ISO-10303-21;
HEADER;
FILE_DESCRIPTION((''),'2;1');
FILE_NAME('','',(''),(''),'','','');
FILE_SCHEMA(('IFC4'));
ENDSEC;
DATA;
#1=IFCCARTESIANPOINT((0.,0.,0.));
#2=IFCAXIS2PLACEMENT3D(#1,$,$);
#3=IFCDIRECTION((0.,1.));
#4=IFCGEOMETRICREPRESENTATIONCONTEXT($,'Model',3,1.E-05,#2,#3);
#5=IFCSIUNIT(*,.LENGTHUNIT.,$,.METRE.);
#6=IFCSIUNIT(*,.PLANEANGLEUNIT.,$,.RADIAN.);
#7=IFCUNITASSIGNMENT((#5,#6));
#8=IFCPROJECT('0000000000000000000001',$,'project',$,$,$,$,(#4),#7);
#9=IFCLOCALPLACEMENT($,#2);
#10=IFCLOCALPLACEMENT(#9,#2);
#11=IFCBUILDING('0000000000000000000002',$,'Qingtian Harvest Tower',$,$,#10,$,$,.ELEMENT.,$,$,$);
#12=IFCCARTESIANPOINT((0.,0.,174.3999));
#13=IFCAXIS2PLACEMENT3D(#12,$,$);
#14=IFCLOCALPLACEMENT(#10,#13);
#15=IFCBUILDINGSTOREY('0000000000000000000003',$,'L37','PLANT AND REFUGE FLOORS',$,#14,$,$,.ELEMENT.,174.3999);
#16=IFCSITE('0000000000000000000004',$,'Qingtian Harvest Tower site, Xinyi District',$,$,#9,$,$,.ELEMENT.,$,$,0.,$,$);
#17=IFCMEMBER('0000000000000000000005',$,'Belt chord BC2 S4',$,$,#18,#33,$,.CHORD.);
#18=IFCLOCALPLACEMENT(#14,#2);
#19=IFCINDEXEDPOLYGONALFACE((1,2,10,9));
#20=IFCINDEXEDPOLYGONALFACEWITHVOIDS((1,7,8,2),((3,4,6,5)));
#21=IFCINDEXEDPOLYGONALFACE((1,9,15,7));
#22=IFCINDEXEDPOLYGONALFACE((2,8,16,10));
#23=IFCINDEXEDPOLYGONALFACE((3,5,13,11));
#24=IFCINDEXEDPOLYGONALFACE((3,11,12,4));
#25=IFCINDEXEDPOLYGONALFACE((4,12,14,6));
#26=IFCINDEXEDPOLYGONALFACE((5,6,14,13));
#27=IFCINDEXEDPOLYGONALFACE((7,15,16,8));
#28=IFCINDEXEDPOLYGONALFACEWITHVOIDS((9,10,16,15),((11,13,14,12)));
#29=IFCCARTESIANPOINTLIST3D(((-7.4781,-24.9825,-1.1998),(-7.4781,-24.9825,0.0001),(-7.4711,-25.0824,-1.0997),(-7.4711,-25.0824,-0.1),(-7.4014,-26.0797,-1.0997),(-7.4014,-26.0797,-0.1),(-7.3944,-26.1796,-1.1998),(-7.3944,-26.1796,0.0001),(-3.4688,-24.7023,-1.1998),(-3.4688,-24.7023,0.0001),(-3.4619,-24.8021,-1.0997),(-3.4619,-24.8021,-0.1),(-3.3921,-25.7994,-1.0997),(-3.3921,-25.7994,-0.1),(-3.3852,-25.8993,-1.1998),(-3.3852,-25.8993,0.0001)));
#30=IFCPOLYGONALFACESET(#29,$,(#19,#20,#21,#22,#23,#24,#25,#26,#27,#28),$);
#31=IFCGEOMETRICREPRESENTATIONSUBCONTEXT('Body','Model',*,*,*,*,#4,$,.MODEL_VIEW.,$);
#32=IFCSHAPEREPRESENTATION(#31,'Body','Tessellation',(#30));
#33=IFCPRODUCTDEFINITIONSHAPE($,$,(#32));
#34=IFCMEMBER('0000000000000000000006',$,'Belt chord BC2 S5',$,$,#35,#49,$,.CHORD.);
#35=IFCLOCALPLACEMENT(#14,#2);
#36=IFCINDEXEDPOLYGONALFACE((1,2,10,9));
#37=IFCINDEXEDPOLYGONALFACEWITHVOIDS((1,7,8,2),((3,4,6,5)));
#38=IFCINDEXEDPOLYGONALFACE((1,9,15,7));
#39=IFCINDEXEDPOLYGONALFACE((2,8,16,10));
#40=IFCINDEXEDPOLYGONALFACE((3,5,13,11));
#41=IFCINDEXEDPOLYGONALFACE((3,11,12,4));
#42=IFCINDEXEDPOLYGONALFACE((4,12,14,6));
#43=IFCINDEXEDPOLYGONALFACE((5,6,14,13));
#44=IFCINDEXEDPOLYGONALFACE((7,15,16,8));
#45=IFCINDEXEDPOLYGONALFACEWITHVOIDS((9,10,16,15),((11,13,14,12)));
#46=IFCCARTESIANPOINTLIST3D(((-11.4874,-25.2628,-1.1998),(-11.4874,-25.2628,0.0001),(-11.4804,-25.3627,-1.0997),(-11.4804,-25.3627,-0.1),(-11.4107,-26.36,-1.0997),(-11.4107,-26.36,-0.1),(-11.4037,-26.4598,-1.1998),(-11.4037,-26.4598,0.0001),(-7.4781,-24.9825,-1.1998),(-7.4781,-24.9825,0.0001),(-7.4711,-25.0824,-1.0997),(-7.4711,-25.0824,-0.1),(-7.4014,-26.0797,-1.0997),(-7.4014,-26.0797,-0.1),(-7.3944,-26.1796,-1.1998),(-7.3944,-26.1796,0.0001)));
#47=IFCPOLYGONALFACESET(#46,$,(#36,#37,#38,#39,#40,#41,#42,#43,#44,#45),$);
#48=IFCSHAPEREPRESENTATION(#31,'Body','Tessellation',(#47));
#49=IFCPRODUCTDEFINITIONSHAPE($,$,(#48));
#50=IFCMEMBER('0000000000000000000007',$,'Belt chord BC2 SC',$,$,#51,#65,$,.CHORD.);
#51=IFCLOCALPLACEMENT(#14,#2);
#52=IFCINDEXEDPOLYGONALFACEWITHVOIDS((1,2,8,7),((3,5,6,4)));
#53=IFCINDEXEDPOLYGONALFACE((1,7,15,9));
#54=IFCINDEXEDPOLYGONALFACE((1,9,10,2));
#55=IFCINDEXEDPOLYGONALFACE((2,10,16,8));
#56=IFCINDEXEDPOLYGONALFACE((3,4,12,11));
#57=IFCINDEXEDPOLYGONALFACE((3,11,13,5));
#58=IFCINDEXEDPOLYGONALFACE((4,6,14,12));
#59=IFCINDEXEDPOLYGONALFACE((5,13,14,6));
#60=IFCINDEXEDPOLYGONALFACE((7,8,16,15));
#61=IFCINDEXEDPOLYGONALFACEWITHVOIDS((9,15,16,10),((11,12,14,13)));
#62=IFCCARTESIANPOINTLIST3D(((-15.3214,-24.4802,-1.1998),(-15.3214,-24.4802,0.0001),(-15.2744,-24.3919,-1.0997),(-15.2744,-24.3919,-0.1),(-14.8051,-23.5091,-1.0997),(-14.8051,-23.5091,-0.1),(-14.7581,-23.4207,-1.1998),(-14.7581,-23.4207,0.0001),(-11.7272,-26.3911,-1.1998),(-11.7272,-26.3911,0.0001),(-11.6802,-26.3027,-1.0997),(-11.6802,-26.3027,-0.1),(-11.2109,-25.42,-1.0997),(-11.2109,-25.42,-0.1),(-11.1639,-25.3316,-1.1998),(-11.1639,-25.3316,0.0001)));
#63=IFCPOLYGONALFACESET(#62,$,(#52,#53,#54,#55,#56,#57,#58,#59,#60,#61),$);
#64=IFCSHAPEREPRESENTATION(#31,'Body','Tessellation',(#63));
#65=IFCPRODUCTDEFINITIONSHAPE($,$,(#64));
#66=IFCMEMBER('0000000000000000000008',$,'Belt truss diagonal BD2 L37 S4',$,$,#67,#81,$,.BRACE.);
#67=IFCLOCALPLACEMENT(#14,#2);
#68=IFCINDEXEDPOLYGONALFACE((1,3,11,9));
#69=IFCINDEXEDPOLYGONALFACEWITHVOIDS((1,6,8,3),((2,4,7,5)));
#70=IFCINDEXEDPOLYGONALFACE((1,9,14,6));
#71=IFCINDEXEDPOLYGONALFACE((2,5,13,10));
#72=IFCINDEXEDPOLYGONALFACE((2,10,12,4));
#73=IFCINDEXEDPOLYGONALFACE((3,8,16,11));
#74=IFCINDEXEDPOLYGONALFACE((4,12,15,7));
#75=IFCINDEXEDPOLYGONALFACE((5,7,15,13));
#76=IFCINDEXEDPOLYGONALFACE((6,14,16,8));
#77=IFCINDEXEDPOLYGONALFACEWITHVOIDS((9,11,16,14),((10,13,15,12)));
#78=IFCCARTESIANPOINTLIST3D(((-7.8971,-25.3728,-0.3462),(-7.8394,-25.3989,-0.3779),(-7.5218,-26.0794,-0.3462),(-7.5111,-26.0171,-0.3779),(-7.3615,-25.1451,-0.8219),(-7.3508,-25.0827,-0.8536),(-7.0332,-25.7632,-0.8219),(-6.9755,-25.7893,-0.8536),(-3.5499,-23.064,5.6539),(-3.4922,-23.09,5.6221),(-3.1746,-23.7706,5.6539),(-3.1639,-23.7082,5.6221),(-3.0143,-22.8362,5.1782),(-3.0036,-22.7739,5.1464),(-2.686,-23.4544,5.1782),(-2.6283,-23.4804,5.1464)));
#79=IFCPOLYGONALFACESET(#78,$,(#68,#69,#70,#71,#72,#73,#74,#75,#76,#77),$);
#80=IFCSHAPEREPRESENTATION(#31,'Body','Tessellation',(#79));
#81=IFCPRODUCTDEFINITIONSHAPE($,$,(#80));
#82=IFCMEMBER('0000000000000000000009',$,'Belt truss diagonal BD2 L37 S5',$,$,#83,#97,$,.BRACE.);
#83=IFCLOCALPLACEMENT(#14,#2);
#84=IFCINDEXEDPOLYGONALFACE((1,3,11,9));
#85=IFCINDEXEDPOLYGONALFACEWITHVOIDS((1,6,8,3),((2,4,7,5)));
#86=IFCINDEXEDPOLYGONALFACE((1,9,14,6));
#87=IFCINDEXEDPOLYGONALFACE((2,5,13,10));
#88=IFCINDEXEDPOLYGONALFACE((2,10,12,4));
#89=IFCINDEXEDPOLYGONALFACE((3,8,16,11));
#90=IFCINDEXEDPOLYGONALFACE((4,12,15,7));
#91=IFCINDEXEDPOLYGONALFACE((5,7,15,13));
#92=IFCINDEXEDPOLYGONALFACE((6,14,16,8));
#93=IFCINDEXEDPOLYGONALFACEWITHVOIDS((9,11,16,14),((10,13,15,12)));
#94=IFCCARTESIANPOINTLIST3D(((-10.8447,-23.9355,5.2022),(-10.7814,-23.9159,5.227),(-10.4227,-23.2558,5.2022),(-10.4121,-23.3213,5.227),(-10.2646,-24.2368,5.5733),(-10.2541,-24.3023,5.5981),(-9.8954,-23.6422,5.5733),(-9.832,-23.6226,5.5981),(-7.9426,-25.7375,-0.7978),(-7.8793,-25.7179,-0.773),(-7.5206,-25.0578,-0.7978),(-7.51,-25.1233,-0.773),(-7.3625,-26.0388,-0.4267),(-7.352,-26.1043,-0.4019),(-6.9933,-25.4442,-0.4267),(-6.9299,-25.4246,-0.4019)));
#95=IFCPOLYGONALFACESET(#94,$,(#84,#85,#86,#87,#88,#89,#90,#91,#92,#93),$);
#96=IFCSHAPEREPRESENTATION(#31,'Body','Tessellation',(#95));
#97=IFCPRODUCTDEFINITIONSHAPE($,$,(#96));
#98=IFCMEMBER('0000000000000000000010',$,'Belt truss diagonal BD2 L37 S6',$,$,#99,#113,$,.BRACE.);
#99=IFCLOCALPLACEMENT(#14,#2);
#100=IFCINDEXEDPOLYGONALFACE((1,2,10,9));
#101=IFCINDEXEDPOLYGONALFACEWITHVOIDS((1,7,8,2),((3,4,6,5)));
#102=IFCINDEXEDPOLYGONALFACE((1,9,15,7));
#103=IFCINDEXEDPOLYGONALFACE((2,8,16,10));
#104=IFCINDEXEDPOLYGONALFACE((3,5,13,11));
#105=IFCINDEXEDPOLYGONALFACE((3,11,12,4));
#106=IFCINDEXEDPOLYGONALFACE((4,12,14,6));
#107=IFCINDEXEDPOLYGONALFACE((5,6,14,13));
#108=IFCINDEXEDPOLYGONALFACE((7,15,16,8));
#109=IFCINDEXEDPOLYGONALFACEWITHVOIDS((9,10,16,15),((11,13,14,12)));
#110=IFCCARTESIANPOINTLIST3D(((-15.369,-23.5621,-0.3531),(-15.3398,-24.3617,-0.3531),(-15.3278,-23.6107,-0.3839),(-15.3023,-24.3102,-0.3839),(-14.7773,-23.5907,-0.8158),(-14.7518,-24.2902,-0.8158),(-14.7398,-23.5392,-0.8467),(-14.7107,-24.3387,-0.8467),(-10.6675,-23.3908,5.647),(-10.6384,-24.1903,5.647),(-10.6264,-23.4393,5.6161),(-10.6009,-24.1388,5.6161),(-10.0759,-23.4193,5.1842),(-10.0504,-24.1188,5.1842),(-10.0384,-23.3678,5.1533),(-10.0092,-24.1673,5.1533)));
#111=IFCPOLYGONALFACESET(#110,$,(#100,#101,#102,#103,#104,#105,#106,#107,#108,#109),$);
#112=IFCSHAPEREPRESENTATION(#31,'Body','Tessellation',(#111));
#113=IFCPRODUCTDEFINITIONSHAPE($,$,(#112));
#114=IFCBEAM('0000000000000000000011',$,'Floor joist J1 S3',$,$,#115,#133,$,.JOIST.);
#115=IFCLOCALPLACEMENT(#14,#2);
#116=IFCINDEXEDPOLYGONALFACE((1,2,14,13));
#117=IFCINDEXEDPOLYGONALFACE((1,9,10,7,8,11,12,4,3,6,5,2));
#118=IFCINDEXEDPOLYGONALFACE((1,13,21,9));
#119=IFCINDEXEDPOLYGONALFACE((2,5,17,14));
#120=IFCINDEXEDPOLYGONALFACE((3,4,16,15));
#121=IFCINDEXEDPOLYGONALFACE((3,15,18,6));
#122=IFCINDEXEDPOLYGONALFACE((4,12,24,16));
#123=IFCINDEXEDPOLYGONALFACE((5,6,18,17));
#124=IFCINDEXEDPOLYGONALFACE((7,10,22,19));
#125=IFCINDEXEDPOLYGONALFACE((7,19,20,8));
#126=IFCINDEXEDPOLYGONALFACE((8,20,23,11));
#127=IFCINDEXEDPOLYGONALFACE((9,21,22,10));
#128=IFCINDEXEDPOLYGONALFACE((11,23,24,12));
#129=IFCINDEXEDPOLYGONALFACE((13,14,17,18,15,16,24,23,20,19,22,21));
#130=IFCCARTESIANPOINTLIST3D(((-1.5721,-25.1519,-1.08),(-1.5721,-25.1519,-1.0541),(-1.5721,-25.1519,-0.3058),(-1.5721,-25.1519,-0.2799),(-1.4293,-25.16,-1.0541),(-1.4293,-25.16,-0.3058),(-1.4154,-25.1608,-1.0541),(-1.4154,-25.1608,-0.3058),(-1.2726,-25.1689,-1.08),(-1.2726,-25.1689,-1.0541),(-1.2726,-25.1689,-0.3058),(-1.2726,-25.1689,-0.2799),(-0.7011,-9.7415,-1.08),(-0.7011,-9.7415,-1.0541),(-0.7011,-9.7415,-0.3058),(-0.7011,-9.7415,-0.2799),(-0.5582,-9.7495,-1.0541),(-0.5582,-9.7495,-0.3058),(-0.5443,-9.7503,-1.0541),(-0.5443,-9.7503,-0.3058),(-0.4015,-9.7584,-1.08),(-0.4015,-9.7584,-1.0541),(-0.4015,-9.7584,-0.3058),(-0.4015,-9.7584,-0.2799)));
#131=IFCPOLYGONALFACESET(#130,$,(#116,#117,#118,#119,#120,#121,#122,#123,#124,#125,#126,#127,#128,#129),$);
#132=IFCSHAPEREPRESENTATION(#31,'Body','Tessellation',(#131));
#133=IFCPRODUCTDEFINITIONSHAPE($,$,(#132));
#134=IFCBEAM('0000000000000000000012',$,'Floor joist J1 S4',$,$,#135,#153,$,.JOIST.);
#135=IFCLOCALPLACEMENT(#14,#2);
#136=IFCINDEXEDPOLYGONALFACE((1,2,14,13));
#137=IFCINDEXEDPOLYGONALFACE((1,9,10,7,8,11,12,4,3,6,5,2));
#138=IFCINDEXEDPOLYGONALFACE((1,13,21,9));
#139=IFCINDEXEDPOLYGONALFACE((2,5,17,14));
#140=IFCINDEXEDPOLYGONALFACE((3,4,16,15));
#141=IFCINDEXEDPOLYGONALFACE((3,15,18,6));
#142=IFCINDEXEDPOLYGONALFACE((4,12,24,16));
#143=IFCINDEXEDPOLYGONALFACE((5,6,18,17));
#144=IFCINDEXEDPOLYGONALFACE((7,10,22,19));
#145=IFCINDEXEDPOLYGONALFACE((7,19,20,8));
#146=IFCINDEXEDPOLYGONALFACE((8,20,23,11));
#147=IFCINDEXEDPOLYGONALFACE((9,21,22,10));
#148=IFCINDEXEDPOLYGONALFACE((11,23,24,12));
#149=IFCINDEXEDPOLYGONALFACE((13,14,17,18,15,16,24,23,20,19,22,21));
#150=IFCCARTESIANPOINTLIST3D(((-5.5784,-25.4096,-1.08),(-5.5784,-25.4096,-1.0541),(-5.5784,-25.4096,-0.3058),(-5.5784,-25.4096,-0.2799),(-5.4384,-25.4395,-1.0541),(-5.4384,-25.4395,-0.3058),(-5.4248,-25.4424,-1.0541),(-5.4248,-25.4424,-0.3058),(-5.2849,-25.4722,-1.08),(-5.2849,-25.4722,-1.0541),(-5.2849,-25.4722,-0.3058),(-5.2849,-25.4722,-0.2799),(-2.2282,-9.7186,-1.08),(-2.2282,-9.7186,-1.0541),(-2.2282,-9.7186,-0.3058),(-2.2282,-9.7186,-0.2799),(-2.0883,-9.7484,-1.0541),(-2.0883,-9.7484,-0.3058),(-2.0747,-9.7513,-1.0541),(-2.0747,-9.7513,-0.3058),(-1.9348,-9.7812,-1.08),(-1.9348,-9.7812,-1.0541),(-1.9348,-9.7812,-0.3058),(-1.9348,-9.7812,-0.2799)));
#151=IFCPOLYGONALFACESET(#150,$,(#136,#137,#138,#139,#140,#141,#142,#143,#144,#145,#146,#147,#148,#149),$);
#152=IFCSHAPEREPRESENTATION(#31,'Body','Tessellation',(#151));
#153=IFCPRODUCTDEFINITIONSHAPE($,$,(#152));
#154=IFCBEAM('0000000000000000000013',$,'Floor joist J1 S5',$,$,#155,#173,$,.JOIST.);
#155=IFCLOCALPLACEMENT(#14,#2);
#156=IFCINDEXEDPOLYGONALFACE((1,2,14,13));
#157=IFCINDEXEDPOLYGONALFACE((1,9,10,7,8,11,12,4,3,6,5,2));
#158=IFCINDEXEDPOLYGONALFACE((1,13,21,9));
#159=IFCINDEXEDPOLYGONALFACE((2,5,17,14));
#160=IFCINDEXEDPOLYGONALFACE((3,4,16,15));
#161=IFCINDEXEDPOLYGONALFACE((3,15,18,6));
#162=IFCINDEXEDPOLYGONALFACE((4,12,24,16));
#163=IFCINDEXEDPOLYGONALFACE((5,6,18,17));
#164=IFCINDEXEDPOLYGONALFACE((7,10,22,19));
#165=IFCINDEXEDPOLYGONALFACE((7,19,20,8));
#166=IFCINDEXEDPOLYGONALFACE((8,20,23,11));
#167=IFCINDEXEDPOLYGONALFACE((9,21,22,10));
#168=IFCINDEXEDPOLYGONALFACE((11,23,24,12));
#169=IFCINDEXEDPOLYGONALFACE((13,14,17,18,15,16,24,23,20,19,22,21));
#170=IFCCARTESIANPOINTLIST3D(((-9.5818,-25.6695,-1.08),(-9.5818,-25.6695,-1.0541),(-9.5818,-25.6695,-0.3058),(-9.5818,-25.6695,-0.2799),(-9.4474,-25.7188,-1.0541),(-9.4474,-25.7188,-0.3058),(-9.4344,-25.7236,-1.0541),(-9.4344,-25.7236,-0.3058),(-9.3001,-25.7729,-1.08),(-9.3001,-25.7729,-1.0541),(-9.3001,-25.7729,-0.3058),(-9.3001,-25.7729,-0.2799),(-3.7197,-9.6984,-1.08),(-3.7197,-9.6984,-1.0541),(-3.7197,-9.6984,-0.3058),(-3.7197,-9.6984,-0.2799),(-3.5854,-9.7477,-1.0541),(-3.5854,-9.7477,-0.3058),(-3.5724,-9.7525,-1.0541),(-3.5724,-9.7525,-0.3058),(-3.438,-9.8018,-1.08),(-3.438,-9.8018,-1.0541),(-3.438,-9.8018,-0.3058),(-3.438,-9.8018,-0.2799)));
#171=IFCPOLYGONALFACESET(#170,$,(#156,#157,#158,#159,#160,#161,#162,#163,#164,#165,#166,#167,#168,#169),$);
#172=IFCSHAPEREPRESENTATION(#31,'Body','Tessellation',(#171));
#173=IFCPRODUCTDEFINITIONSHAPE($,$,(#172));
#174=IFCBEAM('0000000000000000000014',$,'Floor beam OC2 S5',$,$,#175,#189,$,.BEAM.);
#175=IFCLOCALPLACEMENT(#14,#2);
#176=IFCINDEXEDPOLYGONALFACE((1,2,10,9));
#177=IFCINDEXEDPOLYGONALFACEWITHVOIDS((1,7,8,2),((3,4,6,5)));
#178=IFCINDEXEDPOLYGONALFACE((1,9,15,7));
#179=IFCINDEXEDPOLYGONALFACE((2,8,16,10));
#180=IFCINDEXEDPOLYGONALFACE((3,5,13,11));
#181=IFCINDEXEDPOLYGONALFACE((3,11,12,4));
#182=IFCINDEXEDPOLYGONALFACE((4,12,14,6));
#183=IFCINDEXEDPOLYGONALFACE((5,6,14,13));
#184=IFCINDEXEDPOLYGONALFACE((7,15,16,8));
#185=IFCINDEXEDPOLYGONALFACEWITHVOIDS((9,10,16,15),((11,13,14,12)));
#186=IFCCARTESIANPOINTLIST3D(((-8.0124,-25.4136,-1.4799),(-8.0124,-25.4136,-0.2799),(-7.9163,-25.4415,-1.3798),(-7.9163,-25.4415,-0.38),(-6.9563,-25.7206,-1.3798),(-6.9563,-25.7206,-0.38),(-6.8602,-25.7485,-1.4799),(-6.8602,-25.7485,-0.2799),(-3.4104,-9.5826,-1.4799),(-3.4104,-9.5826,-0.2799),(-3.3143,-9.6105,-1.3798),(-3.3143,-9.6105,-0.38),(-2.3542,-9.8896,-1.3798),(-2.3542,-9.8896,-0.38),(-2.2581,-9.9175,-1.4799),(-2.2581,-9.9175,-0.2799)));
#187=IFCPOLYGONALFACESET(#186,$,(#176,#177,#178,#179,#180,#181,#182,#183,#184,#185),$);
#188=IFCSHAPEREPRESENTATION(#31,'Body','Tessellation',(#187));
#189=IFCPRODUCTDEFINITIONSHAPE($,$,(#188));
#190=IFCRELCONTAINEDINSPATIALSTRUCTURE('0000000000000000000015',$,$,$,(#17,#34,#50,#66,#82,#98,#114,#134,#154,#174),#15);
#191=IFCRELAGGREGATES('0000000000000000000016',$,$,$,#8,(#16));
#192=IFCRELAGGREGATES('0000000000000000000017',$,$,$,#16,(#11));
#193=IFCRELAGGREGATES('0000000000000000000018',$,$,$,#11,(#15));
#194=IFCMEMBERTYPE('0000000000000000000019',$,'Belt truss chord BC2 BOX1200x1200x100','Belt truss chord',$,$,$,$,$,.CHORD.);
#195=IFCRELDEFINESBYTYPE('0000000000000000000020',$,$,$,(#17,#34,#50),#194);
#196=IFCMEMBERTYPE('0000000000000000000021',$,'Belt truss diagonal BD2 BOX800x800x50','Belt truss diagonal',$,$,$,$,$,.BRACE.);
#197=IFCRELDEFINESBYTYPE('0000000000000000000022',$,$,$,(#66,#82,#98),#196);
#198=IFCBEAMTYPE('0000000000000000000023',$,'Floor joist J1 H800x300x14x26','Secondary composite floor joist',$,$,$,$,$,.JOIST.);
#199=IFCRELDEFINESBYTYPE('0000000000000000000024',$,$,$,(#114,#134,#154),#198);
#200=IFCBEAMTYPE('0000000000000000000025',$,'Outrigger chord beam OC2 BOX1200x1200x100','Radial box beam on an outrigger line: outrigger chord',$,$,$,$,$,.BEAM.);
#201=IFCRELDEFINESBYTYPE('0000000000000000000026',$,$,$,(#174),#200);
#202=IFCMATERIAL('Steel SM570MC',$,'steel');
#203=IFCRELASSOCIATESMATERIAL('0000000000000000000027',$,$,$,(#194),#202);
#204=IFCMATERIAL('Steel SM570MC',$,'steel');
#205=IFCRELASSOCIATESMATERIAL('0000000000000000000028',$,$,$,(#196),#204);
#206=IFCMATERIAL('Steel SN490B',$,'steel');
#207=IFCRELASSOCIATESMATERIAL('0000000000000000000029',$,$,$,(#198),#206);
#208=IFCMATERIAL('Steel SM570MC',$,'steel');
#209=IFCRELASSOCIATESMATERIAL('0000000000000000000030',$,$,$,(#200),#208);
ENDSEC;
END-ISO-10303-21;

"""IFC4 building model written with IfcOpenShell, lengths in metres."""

from ifc_helpers import new_model, si_unit, direction, frame, origin, origin_2d, place, context, subcontext, project, spatial, hollow_rectangle, i_section, extrude, material, material_profile, profile_set, type_object, element, save


model = new_model("IFC4")

# Units and contexts
model_context = context("Model", 3, precision=1e-05, world=origin(), true_north=direction((0.0, 1.0)))
body_context = subcontext(model_context, "Body", "Model", "MODEL_VIEW")
ifc_project = project(units=[si_unit("LENGTHUNIT", "METRE"), si_unit("PLANEANGLEUNIT", "RADIAN")], contexts=[model_context])

# Site, building, storey
site_placement = place(None, origin())
site = spatial("IfcSite", under=ifc_project, at=site_placement, Name="Qingtian Harvest Tower site, Xinyi District", CompositionType="ELEMENT", RefElevation=0.0)
building_placement = place(site_placement, origin())
building = spatial("IfcBuilding", under=site, at=building_placement, Name="Qingtian Harvest Tower", CompositionType="ELEMENT")
storey_placement = place(building_placement, frame((0.0, 0.0, 174.3999)))
storey = spatial("IfcBuildingStorey", under=building, at=storey_placement, Name="L37", Description="PLANT AND REFUGE FLOORS", CompositionType="ELEMENT", Elevation=174.3999)

# Members
ifc_material_1 = material(Name="Steel SM570MC", Category="steel")
ifc_material_profile_1 = material_profile(ifc_material_1, hollow_rectangle(XDim=1.2, YDim=1.2, WallThickness=0.1001, at=origin_2d()), Name="BOX1200x1200x100")
ifc_profile_set_1 = profile_set([ifc_material_profile_1], Name="Steel SM570MC")
member_type_1 = type_object("IfcMemberType", Name="Belt truss chord BC2 BOX1200x1200x100", Description="Belt truss chord", PredefinedType="CHORD", material=ifc_profile_set_1)
for number, where, z_axis, x_axis, name in (
    (1, (-3.427, -25.3008, -0.5999), (-0.997565, -0.069736, 0.0), (0.069736, -0.997565, 0.0), "Belt chord BC2 S4"),
    (2, (-7.4363, -25.5811, -0.5999), (-0.997565, -0.069736, 0.0), (0.069736, -0.997565, 0.0), "Belt chord BC2 S5"),
):
    element("IfcMember", number, at=place(storey_placement, frame(where, z_axis=z_axis, x_axis=x_axis)), inside=storey, type_object=member_type_1, Name=name, PredefinedType="CHORD", context=body_context, shape_type="SweptSolid", body=[
        extrude(hollow_rectangle(XDim=1.2, YDim=1.2, WallThickness=0.1001, at=origin_2d()), origin(), (0.0, 0.0, 1.0), 4.019),
    ])
member_1_placement = place(storey_placement, frame((-11.4456, -25.8613, -0.5999), z_axis=(-0.882968, 0.469433, 0.0), x_axis=(-0.469433, -0.882968, 0.0)))
element("IfcMember", 3, at=member_1_placement, inside=storey, type_object=member_type_1, Name="Belt chord BC2 SC", PredefinedType="CHORD", context=body_context, shape_type="SweptSolid", body=[
    extrude(hollow_rectangle(XDim=1.2, YDim=1.2, WallThickness=0.1001, at=origin_2d()), origin(), (0.0, 0.0, 1.0), 4.0706),
])
ifc_material_2 = material(Name="Steel SM570MC", Category="steel")
ifc_material_profile_2 = material_profile(ifc_material_2, hollow_rectangle(XDim=0.8, YDim=0.8, WallThickness=0.05, at=origin_2d()), Name="BOX800x800x50")
ifc_profile_set_2 = profile_set([ifc_material_profile_2], Name="Steel SM570MC")
member_type_2 = type_object("IfcMemberType", Name="Belt truss diagonal BD2 BOX800x800x50", Description="Belt truss diagonal", PredefinedType="BRACE", material=ifc_profile_set_2)
member_2_placement = place(storey_placement, frame((-3.0891, -23.2722, 5.4001), z_axis=(-0.560151, -0.297503, -0.773125), x_axis=(0.469061, -0.883166, 0.0)))
element("IfcMember", 4, at=member_2_placement, inside=storey, type_object=member_type_2, Name="Belt truss diagonal BD2 L37 S4", PredefinedType="BRACE", context=body_context, shape_type="SweptSolid", body=[
    extrude(hollow_rectangle(XDim=0.8, YDim=0.8, WallThickness=0.05, at=origin_2d()), origin(), (0.0, 0.0, 1.0), 7.7607),
])
member_3_placement = place(storey_placement, frame((-7.4363, -25.5811, -0.5999), z_axis=(-0.420332, 0.260997, 0.869023), x_axis=(-0.527511, -0.849549, 0.0)))
element("IfcMember", 5, at=member_3_placement, inside=storey, type_object=member_type_2, Name="Belt truss diagonal BD2 L37 S5", PredefinedType="BRACE", context=body_context, shape_type="SweptSolid", body=[
    extrude(hollow_rectangle(XDim=0.8, YDim=0.8, WallThickness=0.05, at=origin_2d()), origin(), (0.0, 0.0, 1.0), 6.9043),
])
member_4_placement = place(storey_placement, frame((-10.3384, -23.7791, 5.4001), z_axis=(-0.616621, -0.022478, -0.786939), x_axis=(0.03643, -0.999336, 0.0)))
element("IfcMember", 6, at=member_4_placement, inside=storey, type_object=member_type_2, Name="Belt truss diagonal BD2 L37 S6", PredefinedType="BRACE", context=body_context, shape_type="SweptSolid", body=[
    extrude(hollow_rectangle(XDim=0.8, YDim=0.8, WallThickness=0.05, at=origin_2d()), origin(), (0.0, 0.0, 1.0), 7.6245),
])

# Beams
ifc_material_3 = material(Name="Steel SN490B", Category="steel")
ifc_material_profile_3 = material_profile(ifc_material_3, i_section(OverallWidth=0.3, OverallDepth=0.8, WebThickness=0.0139, FlangeThickness=0.0259, at=origin_2d()), Name="H800x300x14x26")
ifc_profile_set_3 = profile_set([ifc_material_profile_3], Name="Steel SN490B")
beam_type_1 = type_object("IfcBeamType", Name="Floor joist J1 H800x300x14x26", Description="Secondary composite floor joist", PredefinedType="JOIST", material=ifc_profile_set_3)
beam_1_placement = place(storey_placement, frame((-1.4224, -25.1604, -0.6799), z_axis=(0.056436, 0.998406, 0.0), x_axis=(-0.998406, 0.056436, 0.0)))
element("IfcBeam", 7, at=beam_1_placement, inside=storey, type_object=beam_type_1, Name="Floor joist J1 S3", PredefinedType="JOIST", context=body_context, shape_type="SweptSolid", body=[
    extrude(i_section(OverallWidth=0.3, OverallDepth=0.8, WebThickness=0.0139, FlangeThickness=0.0259, at=origin_2d()), origin(), (0.0, 0.0, 1.0), 15.4351),
])
beam_2_placement = place(storey_placement, frame((-5.4316, -25.4409, -0.6799), z_axis=(0.2088, 0.977958, 0.0), x_axis=(-0.977958, 0.2088, 0.0)))
element("IfcBeam", 8, at=beam_2_placement, inside=storey, type_object=beam_type_1, Name="Floor joist J1 S4", PredefinedType="JOIST", context=body_context, shape_type="SweptSolid", body=[
    extrude(i_section(OverallWidth=0.3, OverallDepth=0.8, WebThickness=0.0139, FlangeThickness=0.0259, at=origin_2d()), origin(), (0.0, 0.0, 1.0), 16.0447),
])
beam_3_placement = place(storey_placement, frame((-9.4409, -25.7212, -0.6799), z_axis=(0.344563, 0.938763, 0.0), x_axis=(-0.938763, 0.344563, 0.0)))
element("IfcBeam", 9, at=beam_3_placement, inside=storey, type_object=beam_type_1, Name="Floor joist J1 S5", PredefinedType="JOIST", context=body_context, shape_type="SweptSolid", body=[
    extrude(i_section(OverallWidth=0.3, OverallDepth=0.8, WebThickness=0.0139, FlangeThickness=0.0259, at=origin_2d()), origin(), (0.0, 0.0, 1.0), 17.0129),
])
ifc_material_4 = material(Name="Steel SM570MC", Category="steel")
ifc_material_profile_4 = material_profile(ifc_material_4, hollow_rectangle(XDim=1.2, YDim=1.2, WallThickness=0.1001, at=origin_2d()), Name="BOX1200x1200x100")
ifc_profile_set_4 = profile_set([ifc_material_profile_4], Name="Steel SM570MC")
beam_type_2 = type_object("IfcBeamType", Name="Outrigger chord beam OC2 BOX1200x1200x100", Description="Radial box beam on an outrigger line: outrigger chord", PredefinedType="BEAM", material=ifc_profile_set_4)
beam_4_placement = place(storey_placement, frame((-7.4363, -25.5811, -0.8799), z_axis=(0.279142, 0.96025, 0.0), x_axis=(-0.96025, 0.279142, 0.0)))
element("IfcBeam", 10, at=beam_4_placement, inside=storey, type_object=beam_type_2, Name="Floor beam OC2 S5", PredefinedType="BEAM", context=body_context, shape_type="SweptSolid", body=[
    extrude(hollow_rectangle(XDim=1.2, YDim=1.2, WallThickness=0.1001, at=origin_2d()), origin(), (0.0, 0.0, 1.0), 16.4863),
])

save(model, "model.ifc")
